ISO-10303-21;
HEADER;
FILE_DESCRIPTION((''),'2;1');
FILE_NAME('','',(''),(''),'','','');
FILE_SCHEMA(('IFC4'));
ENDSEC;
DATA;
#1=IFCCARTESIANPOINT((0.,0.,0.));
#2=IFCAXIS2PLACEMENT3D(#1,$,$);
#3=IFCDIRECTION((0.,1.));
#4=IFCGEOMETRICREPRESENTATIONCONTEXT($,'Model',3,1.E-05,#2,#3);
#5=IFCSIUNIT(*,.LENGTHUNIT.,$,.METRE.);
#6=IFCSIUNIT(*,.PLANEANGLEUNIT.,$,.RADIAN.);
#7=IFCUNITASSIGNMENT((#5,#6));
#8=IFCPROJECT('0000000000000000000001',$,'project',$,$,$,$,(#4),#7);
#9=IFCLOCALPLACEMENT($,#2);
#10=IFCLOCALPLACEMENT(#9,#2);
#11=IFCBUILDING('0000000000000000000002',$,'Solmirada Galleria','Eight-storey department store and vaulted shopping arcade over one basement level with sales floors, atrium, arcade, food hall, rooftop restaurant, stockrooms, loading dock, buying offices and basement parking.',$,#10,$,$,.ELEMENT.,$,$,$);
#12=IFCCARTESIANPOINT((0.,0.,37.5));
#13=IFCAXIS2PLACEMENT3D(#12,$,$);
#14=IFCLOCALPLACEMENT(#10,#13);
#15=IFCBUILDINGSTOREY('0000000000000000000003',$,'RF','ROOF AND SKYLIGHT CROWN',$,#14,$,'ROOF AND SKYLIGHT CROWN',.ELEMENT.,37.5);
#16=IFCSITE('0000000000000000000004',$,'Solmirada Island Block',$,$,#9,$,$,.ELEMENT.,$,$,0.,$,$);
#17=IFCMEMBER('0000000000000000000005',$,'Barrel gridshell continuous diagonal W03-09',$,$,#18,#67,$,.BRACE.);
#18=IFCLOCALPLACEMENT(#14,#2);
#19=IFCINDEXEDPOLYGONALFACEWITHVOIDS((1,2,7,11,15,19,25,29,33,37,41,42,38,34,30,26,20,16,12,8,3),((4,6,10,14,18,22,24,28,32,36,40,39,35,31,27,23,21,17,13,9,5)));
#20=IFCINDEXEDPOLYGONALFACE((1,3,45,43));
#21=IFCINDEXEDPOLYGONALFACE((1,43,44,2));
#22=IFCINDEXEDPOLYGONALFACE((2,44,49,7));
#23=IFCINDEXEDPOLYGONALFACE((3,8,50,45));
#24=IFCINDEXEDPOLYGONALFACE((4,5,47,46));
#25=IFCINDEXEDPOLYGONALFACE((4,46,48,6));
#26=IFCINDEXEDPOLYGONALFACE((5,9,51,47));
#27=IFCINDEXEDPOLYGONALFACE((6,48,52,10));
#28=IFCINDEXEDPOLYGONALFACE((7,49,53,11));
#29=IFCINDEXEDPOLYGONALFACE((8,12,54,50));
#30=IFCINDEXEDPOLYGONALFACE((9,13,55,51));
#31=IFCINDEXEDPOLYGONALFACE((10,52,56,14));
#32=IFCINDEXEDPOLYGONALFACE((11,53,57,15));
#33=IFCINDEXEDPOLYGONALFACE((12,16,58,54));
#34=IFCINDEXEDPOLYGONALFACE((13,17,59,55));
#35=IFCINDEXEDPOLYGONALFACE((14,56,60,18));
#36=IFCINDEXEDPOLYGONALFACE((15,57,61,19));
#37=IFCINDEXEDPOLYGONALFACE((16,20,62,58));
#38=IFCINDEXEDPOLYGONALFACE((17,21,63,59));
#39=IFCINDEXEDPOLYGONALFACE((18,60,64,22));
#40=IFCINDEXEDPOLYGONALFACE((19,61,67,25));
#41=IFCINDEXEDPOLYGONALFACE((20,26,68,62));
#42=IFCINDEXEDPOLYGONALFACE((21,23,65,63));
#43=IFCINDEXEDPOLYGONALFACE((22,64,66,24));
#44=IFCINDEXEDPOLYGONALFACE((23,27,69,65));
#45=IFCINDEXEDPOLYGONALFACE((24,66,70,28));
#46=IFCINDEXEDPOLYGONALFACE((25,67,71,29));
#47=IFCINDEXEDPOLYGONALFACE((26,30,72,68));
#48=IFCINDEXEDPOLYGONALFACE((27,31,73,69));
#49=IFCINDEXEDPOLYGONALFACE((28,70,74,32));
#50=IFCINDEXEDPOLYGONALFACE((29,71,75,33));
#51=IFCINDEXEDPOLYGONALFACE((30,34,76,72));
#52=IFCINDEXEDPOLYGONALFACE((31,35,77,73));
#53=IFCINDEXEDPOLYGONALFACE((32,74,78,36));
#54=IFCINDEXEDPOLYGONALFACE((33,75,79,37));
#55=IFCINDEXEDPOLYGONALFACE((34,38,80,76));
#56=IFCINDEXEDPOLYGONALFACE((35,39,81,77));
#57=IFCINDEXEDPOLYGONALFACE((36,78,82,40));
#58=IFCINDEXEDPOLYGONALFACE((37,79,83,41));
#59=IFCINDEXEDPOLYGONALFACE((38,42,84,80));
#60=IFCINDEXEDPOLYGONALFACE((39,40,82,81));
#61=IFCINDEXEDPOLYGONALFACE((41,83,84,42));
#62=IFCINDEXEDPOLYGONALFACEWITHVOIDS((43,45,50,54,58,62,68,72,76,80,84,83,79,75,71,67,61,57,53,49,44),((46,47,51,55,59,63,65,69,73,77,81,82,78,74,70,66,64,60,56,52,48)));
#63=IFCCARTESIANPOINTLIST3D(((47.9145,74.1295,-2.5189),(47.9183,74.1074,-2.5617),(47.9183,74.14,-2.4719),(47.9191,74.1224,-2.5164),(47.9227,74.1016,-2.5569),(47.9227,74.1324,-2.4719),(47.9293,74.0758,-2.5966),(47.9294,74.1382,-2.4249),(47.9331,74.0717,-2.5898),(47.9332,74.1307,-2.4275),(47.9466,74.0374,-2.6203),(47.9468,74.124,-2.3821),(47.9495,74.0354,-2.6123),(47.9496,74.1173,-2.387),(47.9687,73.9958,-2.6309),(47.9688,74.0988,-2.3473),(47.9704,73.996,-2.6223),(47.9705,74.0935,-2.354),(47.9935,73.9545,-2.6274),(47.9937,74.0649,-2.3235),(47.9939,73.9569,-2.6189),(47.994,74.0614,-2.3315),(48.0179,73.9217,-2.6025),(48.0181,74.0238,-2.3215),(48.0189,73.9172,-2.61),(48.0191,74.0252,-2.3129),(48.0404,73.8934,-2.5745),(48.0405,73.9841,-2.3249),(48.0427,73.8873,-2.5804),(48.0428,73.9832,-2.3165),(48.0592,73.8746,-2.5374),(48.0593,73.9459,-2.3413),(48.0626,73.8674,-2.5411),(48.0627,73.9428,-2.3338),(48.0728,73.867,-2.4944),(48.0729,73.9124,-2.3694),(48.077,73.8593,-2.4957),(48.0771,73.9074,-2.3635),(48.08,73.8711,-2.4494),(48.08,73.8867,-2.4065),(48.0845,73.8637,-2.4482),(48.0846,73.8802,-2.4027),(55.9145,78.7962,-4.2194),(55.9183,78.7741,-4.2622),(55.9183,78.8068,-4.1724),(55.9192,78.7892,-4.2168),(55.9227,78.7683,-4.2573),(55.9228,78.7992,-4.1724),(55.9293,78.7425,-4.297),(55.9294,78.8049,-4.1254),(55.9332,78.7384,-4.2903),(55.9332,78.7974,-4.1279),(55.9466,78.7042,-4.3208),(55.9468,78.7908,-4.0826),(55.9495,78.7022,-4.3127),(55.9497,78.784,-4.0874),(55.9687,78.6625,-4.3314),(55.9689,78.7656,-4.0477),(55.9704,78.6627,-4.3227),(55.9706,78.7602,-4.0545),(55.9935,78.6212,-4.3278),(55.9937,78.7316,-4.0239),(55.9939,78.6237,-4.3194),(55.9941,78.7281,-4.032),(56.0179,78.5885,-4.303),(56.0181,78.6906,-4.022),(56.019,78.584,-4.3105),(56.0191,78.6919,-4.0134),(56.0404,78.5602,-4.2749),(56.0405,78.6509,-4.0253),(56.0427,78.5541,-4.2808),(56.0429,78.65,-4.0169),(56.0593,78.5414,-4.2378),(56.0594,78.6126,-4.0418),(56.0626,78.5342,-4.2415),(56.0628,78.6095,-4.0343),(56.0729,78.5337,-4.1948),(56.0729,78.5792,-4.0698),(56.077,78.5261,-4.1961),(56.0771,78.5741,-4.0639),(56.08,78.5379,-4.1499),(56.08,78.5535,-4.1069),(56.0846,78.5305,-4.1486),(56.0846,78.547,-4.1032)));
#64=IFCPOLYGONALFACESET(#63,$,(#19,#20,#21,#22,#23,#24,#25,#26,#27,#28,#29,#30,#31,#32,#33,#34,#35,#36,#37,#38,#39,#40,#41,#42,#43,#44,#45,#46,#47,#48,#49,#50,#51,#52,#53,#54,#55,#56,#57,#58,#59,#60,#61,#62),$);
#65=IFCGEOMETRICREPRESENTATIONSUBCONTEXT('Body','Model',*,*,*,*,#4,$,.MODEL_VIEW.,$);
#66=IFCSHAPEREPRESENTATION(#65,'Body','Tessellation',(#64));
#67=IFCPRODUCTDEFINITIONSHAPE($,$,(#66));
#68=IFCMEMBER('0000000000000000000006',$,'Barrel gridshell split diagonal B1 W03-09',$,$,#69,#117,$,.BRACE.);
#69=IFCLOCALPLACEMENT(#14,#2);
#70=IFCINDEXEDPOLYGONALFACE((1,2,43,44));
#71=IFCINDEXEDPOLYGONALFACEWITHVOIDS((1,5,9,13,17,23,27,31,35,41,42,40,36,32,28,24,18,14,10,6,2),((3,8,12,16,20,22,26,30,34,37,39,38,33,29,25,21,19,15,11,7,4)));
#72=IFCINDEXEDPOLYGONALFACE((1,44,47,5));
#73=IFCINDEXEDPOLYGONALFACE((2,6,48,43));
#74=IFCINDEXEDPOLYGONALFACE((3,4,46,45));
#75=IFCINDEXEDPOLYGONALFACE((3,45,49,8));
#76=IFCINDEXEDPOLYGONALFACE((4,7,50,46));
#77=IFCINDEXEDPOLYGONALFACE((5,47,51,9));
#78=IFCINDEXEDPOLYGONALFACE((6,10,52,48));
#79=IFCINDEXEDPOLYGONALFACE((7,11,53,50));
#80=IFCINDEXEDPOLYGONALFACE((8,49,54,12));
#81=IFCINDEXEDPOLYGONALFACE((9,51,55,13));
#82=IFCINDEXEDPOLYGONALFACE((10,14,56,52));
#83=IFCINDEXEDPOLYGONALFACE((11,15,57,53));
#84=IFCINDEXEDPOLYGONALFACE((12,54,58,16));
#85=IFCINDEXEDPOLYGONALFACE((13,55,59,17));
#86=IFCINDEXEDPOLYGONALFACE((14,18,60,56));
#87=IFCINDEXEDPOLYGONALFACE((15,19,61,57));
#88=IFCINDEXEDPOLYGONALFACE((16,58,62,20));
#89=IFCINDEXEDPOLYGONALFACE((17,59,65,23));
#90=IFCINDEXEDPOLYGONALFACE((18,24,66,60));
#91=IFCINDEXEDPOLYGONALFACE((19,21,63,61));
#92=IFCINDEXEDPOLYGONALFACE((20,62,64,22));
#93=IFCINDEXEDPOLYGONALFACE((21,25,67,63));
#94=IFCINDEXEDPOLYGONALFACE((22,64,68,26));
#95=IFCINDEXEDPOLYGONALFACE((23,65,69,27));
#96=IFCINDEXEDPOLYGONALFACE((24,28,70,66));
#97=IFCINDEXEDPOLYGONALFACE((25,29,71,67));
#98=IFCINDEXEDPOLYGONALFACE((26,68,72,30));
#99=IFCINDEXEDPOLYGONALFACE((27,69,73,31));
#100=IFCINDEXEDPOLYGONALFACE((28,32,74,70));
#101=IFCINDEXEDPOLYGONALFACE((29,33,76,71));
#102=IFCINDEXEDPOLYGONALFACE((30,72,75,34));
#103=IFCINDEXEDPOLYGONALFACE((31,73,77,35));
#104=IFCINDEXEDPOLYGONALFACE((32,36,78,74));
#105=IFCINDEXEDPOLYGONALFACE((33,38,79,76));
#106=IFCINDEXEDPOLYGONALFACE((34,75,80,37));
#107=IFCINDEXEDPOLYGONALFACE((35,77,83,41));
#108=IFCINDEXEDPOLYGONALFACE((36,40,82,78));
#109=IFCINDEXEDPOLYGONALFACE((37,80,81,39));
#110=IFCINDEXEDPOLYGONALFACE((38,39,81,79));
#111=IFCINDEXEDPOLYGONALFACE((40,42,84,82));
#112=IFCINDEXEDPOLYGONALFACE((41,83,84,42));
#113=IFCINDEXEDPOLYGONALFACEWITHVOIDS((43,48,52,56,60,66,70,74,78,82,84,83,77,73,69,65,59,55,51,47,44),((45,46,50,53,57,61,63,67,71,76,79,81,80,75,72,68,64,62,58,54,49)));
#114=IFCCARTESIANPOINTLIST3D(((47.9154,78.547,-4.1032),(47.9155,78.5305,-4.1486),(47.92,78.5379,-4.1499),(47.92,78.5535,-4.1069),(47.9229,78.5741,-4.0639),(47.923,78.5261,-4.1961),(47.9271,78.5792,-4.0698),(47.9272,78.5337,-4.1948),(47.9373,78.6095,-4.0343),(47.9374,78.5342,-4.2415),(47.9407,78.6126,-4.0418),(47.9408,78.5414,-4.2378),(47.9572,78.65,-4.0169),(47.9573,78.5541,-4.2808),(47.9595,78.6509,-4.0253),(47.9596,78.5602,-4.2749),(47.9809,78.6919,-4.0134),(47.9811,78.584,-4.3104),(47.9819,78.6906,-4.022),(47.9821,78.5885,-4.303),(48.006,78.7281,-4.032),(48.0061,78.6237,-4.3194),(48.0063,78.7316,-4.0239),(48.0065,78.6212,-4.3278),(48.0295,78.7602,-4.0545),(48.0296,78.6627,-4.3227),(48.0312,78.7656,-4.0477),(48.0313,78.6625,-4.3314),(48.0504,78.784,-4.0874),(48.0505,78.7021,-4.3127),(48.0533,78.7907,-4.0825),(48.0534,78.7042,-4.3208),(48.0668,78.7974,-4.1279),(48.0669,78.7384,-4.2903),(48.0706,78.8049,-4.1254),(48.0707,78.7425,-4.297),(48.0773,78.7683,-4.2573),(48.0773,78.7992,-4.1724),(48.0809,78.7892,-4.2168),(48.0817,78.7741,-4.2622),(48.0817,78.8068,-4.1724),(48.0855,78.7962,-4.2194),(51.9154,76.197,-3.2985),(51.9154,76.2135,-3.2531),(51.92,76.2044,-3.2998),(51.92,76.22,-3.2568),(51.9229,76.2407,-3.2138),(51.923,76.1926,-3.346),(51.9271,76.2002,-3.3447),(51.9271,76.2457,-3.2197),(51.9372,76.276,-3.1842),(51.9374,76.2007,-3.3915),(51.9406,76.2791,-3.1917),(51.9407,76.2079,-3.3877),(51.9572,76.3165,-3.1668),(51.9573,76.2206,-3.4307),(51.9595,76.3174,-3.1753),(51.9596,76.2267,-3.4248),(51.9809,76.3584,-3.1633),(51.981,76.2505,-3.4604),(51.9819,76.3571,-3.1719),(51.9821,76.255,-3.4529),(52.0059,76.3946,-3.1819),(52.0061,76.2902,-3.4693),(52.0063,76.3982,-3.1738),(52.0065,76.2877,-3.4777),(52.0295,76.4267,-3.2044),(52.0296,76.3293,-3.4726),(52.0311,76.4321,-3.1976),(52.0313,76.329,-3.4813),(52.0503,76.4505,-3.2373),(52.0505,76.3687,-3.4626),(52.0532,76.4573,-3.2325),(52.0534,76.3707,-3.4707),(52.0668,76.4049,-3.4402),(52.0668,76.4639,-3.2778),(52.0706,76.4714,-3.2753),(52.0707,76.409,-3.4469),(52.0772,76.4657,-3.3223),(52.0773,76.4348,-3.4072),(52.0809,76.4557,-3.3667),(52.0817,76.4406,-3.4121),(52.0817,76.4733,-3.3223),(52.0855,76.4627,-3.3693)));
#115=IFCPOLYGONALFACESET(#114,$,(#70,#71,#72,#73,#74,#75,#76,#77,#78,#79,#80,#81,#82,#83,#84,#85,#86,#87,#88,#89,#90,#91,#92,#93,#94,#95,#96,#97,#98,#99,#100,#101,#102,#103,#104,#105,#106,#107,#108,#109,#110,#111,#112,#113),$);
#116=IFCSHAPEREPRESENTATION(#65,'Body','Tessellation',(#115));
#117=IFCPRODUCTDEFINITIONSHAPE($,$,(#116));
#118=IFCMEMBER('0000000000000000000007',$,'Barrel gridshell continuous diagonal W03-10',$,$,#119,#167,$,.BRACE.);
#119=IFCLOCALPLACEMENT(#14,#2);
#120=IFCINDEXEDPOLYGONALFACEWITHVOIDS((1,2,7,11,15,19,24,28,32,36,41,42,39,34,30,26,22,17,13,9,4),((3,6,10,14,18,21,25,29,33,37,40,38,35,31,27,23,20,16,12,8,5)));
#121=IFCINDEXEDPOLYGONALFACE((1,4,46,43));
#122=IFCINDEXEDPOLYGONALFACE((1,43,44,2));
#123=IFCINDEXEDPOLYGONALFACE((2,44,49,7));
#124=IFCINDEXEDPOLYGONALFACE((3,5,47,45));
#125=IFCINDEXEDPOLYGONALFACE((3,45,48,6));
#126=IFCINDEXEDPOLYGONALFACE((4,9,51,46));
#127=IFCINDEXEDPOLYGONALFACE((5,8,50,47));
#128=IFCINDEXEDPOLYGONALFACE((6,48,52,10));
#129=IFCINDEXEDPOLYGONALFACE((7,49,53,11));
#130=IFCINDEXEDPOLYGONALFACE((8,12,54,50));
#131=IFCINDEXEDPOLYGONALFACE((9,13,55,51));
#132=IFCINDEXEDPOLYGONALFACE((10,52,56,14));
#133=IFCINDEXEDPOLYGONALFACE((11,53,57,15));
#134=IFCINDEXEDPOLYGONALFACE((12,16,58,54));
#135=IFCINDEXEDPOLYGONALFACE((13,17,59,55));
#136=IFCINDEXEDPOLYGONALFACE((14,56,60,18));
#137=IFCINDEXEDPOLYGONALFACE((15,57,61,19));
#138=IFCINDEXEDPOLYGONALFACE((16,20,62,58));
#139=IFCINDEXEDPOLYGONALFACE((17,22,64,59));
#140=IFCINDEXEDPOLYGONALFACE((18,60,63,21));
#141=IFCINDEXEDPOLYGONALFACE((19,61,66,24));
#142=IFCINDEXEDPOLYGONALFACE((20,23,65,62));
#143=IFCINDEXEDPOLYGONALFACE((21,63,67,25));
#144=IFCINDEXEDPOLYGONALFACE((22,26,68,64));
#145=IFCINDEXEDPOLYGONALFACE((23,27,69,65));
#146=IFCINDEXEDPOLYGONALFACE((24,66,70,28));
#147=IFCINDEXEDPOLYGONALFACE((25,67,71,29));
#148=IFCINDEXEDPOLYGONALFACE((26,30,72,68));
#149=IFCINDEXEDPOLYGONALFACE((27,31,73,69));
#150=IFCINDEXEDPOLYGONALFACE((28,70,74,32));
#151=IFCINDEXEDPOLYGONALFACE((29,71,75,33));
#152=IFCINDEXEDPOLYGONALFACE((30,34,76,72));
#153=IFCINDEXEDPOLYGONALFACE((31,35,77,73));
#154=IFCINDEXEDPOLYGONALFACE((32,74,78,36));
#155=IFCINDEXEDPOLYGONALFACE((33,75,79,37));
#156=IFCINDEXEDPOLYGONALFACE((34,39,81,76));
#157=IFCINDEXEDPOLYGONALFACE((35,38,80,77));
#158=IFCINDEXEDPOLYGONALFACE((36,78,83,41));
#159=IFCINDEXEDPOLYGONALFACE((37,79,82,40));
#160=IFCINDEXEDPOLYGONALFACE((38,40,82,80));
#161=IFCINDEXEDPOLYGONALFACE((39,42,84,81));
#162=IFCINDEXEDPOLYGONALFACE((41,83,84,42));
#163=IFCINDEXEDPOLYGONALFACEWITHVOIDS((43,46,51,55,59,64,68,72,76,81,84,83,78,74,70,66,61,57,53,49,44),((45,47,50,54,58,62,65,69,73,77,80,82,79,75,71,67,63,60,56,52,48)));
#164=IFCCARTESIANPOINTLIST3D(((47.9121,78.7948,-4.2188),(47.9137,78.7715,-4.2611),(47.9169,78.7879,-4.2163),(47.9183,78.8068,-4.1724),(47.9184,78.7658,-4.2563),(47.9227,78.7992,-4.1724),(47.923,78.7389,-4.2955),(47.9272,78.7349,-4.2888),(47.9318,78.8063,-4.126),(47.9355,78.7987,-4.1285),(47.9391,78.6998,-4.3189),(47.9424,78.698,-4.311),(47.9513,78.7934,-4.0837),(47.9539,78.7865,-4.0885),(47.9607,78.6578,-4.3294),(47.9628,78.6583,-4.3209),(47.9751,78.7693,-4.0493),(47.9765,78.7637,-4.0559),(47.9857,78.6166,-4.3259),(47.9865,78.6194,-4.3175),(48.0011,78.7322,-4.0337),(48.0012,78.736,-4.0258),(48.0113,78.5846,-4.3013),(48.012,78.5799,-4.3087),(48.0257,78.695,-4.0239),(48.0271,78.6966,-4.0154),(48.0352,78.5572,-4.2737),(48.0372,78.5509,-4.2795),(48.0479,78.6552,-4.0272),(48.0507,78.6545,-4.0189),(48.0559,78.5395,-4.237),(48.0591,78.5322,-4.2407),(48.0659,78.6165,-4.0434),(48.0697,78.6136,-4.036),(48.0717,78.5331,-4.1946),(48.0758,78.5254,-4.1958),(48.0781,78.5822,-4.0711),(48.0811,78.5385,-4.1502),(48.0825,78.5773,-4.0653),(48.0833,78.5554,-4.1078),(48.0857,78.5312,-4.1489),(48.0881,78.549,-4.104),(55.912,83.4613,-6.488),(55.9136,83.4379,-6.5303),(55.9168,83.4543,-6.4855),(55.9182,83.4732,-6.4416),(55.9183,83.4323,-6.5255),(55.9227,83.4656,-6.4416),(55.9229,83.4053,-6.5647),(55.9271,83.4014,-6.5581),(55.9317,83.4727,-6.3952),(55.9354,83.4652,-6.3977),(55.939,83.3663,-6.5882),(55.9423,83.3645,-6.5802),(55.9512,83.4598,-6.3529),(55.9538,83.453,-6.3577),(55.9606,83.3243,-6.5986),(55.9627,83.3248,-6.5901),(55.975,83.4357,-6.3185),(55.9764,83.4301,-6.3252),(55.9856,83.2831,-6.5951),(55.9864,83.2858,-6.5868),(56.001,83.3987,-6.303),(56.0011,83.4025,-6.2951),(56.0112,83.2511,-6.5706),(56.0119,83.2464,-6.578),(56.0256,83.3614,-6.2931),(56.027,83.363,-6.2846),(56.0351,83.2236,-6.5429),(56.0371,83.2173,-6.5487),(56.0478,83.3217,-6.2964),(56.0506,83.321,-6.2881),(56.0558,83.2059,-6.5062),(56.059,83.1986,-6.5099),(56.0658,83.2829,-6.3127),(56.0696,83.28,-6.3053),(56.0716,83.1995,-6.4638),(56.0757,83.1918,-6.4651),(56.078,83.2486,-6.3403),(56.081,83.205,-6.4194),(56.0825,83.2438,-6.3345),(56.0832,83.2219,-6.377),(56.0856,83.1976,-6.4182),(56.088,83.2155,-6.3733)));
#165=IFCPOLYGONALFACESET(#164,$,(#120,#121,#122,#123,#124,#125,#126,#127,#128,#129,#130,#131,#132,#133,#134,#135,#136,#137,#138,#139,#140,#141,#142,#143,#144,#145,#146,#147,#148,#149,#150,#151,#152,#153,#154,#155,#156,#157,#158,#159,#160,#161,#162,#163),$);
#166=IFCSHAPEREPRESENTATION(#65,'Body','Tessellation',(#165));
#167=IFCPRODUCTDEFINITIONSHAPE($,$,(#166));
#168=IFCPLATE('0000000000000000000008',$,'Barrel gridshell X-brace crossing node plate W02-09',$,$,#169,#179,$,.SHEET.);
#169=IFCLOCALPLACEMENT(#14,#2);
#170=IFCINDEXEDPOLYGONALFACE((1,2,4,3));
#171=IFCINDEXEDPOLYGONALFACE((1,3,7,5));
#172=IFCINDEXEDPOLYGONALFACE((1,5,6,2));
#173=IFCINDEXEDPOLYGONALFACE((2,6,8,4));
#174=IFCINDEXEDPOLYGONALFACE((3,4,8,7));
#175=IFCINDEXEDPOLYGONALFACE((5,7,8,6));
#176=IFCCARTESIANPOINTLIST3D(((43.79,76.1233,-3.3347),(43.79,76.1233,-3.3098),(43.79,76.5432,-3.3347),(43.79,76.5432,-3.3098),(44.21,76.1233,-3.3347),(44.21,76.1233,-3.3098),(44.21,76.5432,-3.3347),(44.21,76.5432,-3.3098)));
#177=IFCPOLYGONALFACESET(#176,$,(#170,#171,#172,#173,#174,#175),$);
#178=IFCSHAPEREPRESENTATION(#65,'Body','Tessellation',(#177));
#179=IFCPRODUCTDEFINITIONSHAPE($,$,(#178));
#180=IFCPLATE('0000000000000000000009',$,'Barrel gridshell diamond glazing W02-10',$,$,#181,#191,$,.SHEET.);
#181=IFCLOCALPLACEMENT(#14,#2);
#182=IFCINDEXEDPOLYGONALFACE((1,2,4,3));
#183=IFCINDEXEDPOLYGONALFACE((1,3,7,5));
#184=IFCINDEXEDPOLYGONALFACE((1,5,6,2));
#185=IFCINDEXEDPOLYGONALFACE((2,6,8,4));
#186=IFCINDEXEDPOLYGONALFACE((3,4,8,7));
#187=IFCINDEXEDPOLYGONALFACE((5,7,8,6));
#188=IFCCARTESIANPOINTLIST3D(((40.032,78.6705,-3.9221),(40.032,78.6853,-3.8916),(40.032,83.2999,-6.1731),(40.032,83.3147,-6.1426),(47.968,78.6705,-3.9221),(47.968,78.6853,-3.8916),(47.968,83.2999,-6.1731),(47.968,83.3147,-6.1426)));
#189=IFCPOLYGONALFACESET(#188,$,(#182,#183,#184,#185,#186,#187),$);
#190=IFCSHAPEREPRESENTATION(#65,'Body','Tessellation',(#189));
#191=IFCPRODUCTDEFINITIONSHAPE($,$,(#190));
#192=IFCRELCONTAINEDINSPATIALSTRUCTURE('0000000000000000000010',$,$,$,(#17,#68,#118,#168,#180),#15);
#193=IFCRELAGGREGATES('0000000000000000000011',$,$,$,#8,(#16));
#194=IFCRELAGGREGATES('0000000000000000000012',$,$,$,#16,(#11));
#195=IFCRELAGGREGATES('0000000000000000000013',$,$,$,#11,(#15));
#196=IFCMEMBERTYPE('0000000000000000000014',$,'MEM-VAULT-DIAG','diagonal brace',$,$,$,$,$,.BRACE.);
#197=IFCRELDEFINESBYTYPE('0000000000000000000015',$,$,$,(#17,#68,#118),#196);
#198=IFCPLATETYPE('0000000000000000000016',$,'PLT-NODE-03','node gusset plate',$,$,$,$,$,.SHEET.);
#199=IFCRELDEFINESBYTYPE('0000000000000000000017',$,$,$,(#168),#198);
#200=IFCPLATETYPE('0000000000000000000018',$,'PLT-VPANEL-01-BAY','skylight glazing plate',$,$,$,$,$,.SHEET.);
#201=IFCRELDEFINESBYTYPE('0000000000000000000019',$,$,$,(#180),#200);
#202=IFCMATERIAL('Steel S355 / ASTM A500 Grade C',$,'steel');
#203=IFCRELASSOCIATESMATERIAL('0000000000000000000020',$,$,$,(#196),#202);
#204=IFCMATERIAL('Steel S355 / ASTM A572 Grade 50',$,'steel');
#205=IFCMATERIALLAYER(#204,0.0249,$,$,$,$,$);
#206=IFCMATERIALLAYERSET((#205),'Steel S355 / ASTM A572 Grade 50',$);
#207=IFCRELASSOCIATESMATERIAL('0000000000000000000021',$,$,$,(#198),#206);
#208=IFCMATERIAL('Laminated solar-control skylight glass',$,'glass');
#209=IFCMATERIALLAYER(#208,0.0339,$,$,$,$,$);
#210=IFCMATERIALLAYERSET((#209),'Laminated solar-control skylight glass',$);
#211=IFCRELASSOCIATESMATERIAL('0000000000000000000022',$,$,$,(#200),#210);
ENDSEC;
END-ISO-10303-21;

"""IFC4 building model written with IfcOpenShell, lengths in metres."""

from ifc_helpers import new_model, si_unit, direction, frame, origin, origin_2d, place, context, subcontext, project, spatial, polyline, rectangle, hollow_circle, outline, extrude, material, layer, layer_set, material_profile, profile_set, type_object, element, save


model = new_model("IFC4")

# Units and contexts
model_context = context("Model", 3, precision=1e-05, world=origin(), true_north=direction((0.0, 1.0)))
body_context = subcontext(model_context, "Body", "Model", "MODEL_VIEW")
ifc_project = project(units=[si_unit("LENGTHUNIT", "METRE"), si_unit("PLANEANGLEUNIT", "RADIAN")], contexts=[model_context])

# Site, building, storey
site_placement = place(None, origin())
site = spatial("IfcSite", under=ifc_project, at=site_placement, Name="Solmirada Island Block", CompositionType="ELEMENT", RefElevation=0.0)
building_placement = place(site_placement, origin())
building = spatial("IfcBuilding", under=site, at=building_placement, Name="Solmirada Galleria", Description="Eight-storey department store and vaulted shopping arcade over one basement level with sales floors, atrium, arcade, food hall, rooftop restaurant, stockrooms, loading dock, buying offices and basement parking.", CompositionType="ELEMENT")
storey_placement = place(building_placement, frame((0.0, 0.0, 37.5)))
storey = spatial("IfcBuildingStorey", under=building, at=storey_placement, Name="RF", Description="ROOF AND SKYLIGHT CROWN", LongName="ROOF AND SKYLIGHT CROWN", CompositionType="ELEMENT", Elevation=37.5)

# Members
ifc_material_1 = material(Name="Steel S355 / ASTM A500 Grade C", Category="steel")
ifc_material_profile_1 = material_profile(ifc_material_1, hollow_circle(Radius=0.1621, WallThickness=0.0088, at=origin_2d()), Name="HSS12.750X0.375")
ifc_profile_set_1 = profile_set([ifc_material_profile_1], Name="Steel S355 / ASTM A500 Grade C")
member_type_1 = type_object("IfcMemberType", Name="MEM-VAULT-DIAG", Description="diagonal brace", PredefinedType="BRACE", material=ifc_profile_set_1)
member_1_placement = place(storey_placement, frame((48.0, 74.0, -2.4719), z_axis=(0.849575, 0.495594, -0.180581), x_axis=(-0.503878, 0.863775, 0.0)))
element("IfcMember", 1, at=member_1_placement, inside=storey, type_object=member_type_1, Name="Barrel gridshell continuous diagonal W03-09", PredefinedType="BRACE", context=body_context, shape_type="SweptSolid", body=[
    extrude(hollow_circle(Radius=0.1621, WallThickness=0.0088, at=origin_2d()), origin(), (0.0, 0.0, 1.0), 9.4165),
])
member_2_placement = place(storey_placement, frame((48.0, 78.6667, -4.1724), z_axis=(0.849568, -0.495616, 0.180554), x_axis=(0.503897, 0.863764, 0.0)))
element("IfcMember", 2, at=member_2_placement, inside=storey, type_object=member_type_1, Name="Barrel gridshell split diagonal B1 W03-09", PredefinedType="BRACE", context=body_context, shape_type="SweptSolid", body=[
    extrude(hollow_circle(Radius=0.1621, WallThickness=0.0088, at=origin_2d()), origin(), (0.0, 0.0, 1.0), 4.7083),
])
member_3_placement = place(storey_placement, frame((48.0, 78.6667, -4.1724), z_axis=(0.838969, 0.489382, -0.237983), x_axis=(-0.503858, 0.863787, 0.0)))
element("IfcMember", 3, at=member_3_placement, inside=storey, type_object=member_type_1, Name="Barrel gridshell continuous diagonal W03-10", PredefinedType="BRACE", context=body_context, shape_type="SweptSolid", body=[
    extrude(hollow_circle(Radius=0.1621, WallThickness=0.0088, at=origin_2d()), origin(), (0.0, 0.0, 1.0), 9.5354),
])

# Plates
ifc_material_2 = material(Name="Steel S355 / ASTM A572 Grade 50", Category="steel")
ifc_layer_1 = layer(ifc_material_2, 0.0249)
ifc_layer_set_1 = layer_set([ifc_layer_1], Name="Steel S355 / ASTM A572 Grade 50")
plate_type_1 = type_object("IfcPlateType", Name="PLT-NODE-03", Description="node gusset plate", PredefinedType="SHEET", material=ifc_layer_set_1)
plate_placement = place(storey_placement, frame((44.0, 76.3333, -3.3347), z_axis=(0.0, 0.0, 1.0), x_axis=(1.0, 0.0, 0.0)))
element("IfcPlate", 4, at=plate_placement, inside=storey, type_object=plate_type_1, Name="Barrel gridshell X-brace crossing node plate W02-09", PredefinedType="SHEET", context=body_context, shape_type="SweptSolid", body=[
    extrude(rectangle(XDim=0.4199, YDim=0.4199, at=origin_2d()), origin(), (0.0, 0.0, 1.0), 0.0249),
])
ifc_material_3 = material(Name="Laminated solar-control skylight glass", Category="glass")
ifc_layer_2 = layer(ifc_material_3, 0.0339)
ifc_layer_set_2 = layer_set([ifc_layer_2], Name="Laminated solar-control skylight glass")
plate_type_2 = type_object("IfcPlateType", Name="PLT-VPANEL-01-BAY", Description="skylight glazing plate", PredefinedType="SHEET", material=ifc_layer_set_2)
for number, where, z_axis, x_axis, name in (
    (5, (40.032, 78.6853, -3.8916), (0.0, 0.437283, 0.899324), (1.0, 0.0, 0.0), "Barrel gridshell diamond glazing W02-10"),
):
    element("IfcPlate", number, at=place(storey_placement, frame(where, z_axis=z_axis, x_axis=x_axis)), inside=storey, type_object=plate_type_2, Name=name, PredefinedType="SHEET", context=body_context, shape_type="SweptSolid", body=[
        extrude(outline(polyline([(0.0, 0.0), (7.936, 0.0), (7.936, 5.1476), (0.0, 5.1476), (0.0, 0.0)])), origin(), (0.0, 0.0, -1.0), 0.0339),
    ])

save(model, "model.ifc")
